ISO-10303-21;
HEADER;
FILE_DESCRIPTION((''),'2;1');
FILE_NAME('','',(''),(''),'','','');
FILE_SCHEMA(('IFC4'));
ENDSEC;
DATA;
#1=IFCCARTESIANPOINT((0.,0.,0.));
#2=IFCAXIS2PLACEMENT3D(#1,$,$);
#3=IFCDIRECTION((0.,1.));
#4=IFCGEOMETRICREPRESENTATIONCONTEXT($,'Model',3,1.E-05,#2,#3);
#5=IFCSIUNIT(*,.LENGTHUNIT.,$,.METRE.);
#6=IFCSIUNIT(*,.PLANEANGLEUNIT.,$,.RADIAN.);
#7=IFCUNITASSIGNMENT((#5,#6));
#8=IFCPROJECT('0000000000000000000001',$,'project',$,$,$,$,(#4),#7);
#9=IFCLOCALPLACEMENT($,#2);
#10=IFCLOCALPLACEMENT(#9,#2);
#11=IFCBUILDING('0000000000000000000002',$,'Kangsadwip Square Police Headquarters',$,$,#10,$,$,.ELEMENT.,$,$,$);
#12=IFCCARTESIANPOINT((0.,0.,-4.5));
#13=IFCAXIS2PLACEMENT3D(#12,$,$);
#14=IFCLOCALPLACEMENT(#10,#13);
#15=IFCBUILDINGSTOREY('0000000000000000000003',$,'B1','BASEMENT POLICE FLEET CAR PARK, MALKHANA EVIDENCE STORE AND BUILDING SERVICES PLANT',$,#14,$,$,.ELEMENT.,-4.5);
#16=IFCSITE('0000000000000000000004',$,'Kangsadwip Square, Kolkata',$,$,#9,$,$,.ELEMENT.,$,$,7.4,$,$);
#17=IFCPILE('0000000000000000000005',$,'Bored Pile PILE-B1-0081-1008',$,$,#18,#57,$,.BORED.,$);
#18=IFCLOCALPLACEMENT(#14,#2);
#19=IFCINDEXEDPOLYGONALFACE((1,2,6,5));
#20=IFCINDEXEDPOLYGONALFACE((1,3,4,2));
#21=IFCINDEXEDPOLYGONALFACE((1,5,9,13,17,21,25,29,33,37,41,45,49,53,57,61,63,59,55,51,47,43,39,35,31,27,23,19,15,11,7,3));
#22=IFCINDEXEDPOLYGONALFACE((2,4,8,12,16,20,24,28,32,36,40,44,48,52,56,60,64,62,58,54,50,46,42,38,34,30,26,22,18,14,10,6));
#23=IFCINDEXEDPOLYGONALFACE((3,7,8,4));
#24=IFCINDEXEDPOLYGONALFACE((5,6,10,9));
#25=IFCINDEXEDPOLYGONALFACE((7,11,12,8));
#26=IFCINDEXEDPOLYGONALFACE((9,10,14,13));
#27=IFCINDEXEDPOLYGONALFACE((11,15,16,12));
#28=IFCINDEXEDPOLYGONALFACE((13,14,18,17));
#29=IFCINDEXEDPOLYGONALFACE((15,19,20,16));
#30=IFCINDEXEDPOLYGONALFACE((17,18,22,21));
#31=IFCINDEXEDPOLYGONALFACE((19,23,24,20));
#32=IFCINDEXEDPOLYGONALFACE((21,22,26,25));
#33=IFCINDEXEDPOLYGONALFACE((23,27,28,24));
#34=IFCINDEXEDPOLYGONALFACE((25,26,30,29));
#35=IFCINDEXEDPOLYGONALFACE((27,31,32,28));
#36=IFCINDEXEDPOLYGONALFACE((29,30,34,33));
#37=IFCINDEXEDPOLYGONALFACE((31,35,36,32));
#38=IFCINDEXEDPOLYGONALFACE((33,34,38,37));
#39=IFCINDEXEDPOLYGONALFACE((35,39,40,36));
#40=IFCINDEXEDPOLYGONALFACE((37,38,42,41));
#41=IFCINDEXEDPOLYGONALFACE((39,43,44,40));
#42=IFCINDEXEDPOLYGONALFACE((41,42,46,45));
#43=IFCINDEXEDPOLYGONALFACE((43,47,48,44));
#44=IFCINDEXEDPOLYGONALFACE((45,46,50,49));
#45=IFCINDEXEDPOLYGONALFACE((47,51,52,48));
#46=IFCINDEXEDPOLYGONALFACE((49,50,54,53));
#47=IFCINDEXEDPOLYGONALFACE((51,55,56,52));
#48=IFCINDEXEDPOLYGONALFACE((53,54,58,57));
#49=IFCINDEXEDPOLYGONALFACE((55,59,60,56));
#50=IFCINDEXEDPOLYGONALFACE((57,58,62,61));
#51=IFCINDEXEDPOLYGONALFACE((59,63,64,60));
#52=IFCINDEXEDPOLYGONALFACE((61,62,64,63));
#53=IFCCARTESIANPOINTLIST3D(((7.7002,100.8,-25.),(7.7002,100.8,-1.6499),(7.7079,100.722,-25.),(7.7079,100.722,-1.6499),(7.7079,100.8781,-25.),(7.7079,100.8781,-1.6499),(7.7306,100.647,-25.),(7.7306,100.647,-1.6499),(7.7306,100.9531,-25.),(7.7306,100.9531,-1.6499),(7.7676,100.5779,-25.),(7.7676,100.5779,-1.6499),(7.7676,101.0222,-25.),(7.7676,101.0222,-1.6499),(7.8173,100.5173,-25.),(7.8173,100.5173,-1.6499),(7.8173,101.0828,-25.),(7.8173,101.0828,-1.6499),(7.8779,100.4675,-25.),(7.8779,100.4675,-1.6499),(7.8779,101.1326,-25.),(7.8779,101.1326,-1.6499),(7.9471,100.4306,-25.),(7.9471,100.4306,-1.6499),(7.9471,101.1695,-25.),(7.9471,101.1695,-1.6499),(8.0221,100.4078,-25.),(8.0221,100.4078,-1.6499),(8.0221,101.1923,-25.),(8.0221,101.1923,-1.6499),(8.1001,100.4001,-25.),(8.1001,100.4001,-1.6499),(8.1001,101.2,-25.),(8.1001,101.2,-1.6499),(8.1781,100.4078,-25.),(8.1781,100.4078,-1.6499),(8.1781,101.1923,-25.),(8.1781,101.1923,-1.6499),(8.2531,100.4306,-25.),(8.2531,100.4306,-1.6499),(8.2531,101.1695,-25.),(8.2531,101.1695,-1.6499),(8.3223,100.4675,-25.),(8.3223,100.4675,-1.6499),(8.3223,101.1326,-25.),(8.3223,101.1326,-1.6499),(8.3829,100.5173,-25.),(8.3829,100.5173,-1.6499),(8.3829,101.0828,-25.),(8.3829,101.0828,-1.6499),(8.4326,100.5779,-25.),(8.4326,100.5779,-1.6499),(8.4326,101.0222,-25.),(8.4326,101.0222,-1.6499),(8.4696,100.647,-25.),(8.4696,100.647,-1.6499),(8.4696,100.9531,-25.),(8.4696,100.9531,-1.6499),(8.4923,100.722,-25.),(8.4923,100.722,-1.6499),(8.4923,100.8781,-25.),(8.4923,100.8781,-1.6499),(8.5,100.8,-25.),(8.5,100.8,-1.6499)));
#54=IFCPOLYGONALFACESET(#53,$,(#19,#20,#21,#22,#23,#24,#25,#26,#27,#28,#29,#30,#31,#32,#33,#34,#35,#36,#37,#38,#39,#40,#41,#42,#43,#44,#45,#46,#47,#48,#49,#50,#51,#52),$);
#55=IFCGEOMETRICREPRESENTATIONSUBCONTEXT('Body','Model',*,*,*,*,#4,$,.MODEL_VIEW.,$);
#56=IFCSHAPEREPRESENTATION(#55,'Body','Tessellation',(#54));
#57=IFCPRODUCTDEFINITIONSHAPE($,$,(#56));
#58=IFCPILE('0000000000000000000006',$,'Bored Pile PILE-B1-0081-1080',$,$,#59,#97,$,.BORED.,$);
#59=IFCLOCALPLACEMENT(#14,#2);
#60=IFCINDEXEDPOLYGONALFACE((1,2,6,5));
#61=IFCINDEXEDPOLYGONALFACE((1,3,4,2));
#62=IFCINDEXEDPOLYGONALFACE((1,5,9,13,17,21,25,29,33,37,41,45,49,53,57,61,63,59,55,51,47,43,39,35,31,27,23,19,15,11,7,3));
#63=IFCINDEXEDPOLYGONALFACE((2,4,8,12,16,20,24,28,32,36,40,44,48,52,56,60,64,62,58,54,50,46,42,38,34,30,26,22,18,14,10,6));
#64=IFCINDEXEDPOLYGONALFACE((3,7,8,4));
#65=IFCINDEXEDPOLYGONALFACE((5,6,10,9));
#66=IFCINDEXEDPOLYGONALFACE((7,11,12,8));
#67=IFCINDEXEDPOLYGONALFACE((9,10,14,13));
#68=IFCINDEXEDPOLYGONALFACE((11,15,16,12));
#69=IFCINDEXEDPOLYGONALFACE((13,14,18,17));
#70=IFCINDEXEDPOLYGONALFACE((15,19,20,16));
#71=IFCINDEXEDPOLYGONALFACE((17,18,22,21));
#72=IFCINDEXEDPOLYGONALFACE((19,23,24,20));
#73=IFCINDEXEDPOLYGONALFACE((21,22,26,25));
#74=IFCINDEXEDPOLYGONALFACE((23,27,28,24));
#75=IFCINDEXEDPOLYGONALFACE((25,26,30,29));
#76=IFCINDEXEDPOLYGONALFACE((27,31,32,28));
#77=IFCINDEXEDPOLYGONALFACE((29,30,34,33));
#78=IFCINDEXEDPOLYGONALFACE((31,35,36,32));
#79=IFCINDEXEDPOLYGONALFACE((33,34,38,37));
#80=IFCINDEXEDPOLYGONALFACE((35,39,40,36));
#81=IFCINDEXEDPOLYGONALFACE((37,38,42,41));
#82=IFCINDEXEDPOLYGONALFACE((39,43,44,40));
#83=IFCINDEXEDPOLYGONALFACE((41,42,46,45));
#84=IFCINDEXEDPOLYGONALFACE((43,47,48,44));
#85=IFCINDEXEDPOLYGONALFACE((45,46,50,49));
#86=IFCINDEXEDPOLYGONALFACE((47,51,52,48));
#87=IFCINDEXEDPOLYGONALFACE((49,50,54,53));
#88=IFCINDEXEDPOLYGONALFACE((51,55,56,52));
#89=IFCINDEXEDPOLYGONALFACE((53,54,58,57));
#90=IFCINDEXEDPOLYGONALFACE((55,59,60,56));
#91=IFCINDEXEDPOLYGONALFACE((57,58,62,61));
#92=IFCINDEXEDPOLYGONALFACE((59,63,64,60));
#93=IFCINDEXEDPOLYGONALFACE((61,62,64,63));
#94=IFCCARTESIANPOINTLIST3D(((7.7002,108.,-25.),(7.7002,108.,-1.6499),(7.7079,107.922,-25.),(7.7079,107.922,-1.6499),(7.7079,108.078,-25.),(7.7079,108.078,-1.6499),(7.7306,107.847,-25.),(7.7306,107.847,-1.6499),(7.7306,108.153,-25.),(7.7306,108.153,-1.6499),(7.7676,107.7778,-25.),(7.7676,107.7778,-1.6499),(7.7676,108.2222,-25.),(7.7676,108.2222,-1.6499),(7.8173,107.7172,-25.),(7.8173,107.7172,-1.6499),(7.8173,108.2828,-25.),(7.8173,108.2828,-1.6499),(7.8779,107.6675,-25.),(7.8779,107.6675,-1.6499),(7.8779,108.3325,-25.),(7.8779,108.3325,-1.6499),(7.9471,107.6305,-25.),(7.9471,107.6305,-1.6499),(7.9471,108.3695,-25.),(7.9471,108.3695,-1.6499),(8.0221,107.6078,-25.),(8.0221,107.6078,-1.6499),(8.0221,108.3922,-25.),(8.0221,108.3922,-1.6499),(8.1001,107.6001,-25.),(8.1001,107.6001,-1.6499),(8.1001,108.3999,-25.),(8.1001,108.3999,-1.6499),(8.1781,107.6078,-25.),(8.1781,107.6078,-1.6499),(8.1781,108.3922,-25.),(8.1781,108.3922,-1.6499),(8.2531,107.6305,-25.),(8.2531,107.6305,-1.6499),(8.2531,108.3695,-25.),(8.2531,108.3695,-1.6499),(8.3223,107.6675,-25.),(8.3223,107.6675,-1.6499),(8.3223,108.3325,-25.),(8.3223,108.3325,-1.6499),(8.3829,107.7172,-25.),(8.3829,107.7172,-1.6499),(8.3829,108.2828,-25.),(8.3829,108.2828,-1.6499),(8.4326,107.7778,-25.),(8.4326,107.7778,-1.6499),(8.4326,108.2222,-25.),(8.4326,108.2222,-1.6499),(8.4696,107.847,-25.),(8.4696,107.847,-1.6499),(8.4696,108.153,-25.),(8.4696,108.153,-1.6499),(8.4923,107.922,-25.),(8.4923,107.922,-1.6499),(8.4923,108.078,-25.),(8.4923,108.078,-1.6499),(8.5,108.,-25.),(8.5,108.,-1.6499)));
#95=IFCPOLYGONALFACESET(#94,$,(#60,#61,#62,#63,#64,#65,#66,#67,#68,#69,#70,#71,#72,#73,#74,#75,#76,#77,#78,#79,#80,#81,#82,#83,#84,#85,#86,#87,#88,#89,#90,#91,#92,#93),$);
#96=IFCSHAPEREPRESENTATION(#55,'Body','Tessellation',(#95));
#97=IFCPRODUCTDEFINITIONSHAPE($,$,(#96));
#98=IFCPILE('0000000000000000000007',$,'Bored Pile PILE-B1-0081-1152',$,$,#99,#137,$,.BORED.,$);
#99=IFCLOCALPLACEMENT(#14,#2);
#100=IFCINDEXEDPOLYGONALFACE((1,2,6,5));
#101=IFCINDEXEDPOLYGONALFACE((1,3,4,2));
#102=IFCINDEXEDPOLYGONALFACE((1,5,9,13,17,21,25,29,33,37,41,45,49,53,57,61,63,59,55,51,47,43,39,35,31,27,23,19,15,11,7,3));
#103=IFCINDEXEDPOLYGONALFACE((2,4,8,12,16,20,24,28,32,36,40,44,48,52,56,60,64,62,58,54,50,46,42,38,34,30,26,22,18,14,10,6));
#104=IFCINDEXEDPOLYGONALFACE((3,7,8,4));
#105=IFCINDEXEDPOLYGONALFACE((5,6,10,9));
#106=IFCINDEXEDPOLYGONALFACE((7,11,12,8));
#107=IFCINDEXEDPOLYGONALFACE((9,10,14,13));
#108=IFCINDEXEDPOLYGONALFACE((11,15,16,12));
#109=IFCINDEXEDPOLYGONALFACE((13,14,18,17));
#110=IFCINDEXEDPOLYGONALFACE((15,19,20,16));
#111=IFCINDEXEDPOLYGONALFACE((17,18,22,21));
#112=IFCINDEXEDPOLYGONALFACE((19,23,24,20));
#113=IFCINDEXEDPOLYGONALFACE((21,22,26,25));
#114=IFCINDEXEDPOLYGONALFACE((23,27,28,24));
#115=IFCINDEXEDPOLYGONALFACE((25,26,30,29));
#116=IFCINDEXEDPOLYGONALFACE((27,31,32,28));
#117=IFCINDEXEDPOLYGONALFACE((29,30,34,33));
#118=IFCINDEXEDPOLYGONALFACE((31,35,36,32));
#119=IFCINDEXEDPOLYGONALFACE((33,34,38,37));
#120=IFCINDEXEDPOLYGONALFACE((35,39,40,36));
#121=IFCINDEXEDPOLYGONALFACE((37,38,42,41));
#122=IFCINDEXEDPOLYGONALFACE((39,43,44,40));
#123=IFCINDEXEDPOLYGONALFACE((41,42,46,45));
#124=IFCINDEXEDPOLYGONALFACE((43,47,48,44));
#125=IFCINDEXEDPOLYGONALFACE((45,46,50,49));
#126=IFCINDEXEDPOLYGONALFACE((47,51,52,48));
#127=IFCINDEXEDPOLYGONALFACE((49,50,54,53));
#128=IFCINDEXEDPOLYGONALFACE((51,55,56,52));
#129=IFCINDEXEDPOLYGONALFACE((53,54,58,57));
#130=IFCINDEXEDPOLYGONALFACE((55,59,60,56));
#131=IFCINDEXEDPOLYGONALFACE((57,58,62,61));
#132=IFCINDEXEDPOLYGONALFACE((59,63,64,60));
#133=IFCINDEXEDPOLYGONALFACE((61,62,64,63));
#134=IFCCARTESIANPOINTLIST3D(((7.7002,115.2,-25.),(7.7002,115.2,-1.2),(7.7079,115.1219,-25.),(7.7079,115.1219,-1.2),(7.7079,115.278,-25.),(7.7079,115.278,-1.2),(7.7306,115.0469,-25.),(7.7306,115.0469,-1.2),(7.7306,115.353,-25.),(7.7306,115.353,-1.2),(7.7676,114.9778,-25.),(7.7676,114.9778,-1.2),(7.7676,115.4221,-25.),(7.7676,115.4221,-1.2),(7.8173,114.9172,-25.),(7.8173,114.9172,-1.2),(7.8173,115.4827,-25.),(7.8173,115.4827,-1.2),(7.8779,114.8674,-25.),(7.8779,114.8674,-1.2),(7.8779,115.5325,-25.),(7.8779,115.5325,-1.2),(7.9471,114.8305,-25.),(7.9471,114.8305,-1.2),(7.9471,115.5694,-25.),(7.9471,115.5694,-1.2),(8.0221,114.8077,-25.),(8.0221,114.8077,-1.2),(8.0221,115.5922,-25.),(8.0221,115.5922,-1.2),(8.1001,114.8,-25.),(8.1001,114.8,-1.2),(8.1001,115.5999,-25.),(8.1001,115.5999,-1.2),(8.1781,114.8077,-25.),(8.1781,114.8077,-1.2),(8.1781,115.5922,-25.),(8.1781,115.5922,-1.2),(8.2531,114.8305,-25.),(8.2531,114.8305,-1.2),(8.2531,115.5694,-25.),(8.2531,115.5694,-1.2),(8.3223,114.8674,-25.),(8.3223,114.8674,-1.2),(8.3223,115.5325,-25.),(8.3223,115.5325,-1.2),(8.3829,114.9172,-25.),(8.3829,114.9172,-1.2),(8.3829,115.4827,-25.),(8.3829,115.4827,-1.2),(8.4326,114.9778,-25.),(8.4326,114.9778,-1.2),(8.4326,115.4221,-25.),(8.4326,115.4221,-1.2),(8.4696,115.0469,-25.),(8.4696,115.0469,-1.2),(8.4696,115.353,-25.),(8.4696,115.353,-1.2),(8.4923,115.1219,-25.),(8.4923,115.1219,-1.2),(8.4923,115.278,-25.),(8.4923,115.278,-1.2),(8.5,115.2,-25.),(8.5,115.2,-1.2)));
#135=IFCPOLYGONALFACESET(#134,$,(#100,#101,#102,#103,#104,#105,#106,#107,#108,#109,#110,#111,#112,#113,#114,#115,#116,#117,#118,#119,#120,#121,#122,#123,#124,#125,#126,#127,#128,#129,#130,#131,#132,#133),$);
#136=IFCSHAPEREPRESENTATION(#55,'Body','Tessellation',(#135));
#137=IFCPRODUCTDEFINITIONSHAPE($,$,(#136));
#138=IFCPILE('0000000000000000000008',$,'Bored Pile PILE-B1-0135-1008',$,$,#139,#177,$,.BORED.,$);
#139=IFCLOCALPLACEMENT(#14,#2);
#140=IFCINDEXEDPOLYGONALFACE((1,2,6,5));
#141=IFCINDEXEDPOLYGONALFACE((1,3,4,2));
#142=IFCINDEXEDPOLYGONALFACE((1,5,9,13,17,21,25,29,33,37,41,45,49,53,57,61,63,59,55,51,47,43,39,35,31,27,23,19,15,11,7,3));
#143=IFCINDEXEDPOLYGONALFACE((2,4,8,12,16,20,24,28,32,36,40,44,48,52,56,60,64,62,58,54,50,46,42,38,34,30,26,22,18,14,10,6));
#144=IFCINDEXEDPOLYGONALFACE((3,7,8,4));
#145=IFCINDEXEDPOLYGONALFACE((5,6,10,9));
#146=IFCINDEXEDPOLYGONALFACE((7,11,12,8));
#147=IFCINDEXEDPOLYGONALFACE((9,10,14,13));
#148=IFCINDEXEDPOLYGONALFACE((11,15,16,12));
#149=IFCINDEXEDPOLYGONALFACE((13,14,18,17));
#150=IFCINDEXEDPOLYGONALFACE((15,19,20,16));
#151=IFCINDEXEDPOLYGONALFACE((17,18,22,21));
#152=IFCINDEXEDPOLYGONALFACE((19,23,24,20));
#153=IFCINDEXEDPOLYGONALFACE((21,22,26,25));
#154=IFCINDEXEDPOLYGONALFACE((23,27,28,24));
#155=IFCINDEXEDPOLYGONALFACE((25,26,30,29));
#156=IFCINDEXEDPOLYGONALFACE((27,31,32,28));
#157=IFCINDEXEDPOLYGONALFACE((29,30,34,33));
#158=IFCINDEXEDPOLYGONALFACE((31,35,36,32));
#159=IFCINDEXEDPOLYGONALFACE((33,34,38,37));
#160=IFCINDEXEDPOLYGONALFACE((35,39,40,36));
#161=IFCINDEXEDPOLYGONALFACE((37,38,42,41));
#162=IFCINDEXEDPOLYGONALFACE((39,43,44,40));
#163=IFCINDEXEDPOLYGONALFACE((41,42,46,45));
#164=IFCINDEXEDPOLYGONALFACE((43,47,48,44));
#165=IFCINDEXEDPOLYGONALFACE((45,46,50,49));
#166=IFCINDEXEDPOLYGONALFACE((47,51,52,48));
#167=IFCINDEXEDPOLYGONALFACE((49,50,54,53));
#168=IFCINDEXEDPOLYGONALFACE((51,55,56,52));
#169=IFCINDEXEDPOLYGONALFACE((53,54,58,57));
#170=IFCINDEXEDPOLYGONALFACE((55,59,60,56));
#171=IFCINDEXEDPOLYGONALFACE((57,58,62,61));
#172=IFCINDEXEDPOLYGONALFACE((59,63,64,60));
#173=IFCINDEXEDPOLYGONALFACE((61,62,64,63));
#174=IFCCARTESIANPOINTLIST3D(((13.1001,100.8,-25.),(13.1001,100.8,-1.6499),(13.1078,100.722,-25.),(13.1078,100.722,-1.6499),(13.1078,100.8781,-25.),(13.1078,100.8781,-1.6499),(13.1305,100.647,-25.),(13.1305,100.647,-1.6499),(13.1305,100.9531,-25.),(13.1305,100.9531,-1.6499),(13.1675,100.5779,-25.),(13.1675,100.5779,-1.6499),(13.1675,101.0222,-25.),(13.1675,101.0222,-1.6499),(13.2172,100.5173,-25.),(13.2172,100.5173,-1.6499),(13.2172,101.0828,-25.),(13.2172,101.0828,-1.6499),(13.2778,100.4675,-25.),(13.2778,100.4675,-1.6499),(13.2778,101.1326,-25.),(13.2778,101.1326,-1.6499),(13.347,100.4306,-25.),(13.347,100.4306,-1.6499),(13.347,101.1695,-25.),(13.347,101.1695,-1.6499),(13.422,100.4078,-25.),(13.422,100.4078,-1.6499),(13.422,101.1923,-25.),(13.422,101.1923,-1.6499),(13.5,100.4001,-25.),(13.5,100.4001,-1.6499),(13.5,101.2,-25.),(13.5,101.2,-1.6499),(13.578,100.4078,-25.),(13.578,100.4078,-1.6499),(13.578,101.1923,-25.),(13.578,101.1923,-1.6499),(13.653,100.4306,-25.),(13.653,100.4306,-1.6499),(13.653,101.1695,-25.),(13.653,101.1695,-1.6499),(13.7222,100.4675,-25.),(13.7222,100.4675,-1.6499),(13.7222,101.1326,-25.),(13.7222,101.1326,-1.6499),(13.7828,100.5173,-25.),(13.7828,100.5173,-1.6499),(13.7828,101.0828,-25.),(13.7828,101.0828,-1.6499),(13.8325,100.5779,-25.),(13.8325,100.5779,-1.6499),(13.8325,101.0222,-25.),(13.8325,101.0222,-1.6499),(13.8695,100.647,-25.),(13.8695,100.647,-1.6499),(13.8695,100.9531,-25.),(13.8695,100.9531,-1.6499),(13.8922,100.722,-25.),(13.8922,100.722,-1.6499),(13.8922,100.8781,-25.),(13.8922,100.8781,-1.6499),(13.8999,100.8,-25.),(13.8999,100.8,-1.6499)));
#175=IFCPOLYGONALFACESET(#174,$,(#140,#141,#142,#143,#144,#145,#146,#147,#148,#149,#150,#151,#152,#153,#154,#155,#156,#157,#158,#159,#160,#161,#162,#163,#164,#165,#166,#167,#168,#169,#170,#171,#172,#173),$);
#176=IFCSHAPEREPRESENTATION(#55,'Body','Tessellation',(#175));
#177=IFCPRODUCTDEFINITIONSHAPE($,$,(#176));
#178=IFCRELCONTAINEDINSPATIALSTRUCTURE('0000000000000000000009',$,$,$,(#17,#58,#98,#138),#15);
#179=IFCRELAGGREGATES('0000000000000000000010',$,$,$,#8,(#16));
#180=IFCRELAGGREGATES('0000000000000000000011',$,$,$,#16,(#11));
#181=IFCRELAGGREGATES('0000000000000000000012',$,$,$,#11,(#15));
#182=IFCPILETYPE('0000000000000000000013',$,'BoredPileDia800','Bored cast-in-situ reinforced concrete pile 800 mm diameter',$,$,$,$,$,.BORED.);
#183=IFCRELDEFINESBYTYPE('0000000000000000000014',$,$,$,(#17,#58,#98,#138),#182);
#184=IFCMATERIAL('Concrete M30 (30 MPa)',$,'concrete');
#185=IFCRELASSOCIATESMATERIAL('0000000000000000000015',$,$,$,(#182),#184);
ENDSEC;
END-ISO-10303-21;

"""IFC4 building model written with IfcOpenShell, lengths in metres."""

from ifc_helpers import new_model, si_unit, direction, frame, origin, origin_2d, place, context, subcontext, project, spatial, circle, extrude, material, material_profile, profile_set, type_object, element, save


model = new_model("IFC4")

# Units and contexts
model_context = context("Model", 3, precision=1e-05, world=origin(), true_north=direction((0.0, 1.0)))
body_context = subcontext(model_context, "Body", "Model", "MODEL_VIEW")
ifc_project = project(units=[si_unit("LENGTHUNIT", "METRE"), si_unit("PLANEANGLEUNIT", "RADIAN")], contexts=[model_context])

# Site, building, storey
site_placement = place(None, origin())
site = spatial("IfcSite", under=ifc_project, at=site_placement, Name="Kangsadwip Square, Kolkata", CompositionType="ELEMENT", RefElevation=7.4)
building_placement = place(site_placement, origin())
building = spatial("IfcBuilding", under=site, at=building_placement, Name="Kangsadwip Square Police Headquarters", CompositionType="ELEMENT")
storey_placement = place(building_placement, frame((0.0, 0.0, -4.5)))
storey = spatial("IfcBuildingStorey", under=building, at=storey_placement, Name="B1", Description="BASEMENT POLICE FLEET CAR PARK, MALKHANA EVIDENCE STORE AND BUILDING SERVICES PLANT", CompositionType="ELEMENT", Elevation=-4.5)

# Piles
ifc_material_1 = material(Name="Concrete M30 (30 MPa)", Category="concrete")
ifc_material_profile_1 = material_profile(ifc_material_1, circle(Radius=0.3999, at=origin_2d()), Name="PILE DIA 800")
ifc_profile_set_1 = profile_set([ifc_material_profile_1], Name="Concrete M30 (30 MPa)")
pile_type = type_object("IfcPileType", Name="BoredPileDia800", Description="Bored cast-in-situ reinforced concrete pile 800 mm diameter", PredefinedType="BORED", material=ifc_profile_set_1)
for number, where, z_axis, x_axis, name in (
    (1, (8.1001, 100.8, -1.6499), (0.0, 0.0, -1.0), (1.0, 0.0, 0.0), "Bored Pile PILE-B1-0081-1008"),
    (2, (8.1001, 108.0, -1.6499), (0.0, 0.0, -1.0), (1.0, 0.0, 0.0), "Bored Pile PILE-B1-0081-1080"),
):
    element("IfcPile", number, at=place(storey_placement, frame(where, z_axis=z_axis, x_axis=x_axis)), inside=storey, type_object=pile_type, Name=name, PredefinedType="BORED", context=body_context, shape_type="SweptSolid", body=[
        extrude(circle(Radius=0.3999, at=origin_2d()), origin(), (0.0, 0.0, 1.0), 23.3501),
    ])
pile_placement = place(storey_placement, frame((8.1001, 115.2, -1.2), z_axis=(0.0, 0.0, -1.0), x_axis=(1.0, 0.0, 0.0)))
element("IfcPile", 3, at=pile_placement, inside=storey, type_object=pile_type, Name="Bored Pile PILE-B1-0081-1152", PredefinedType="BORED", context=body_context, shape_type="SweptSolid", body=[
    extrude(circle(Radius=0.3999, at=origin_2d()), origin(), (0.0, 0.0, 1.0), 23.8),
])
for number, where, z_axis, x_axis, name in (
    (4, (13.5, 100.8, -1.6499), (0.0, 0.0, -1.0), (1.0, 0.0, 0.0), "Bored Pile PILE-B1-0135-1008"),
):
    element("IfcPile", number, at=place(storey_placement, frame(where, z_axis=z_axis, x_axis=x_axis)), inside=storey, type_object=pile_type, Name=name, PredefinedType="BORED", context=body_context, shape_type="SweptSolid", body=[
        extrude(circle(Radius=0.3999, at=origin_2d()), origin(), (0.0, 0.0, 1.0), 23.3501),
    ])

save(model, "model.ifc")
